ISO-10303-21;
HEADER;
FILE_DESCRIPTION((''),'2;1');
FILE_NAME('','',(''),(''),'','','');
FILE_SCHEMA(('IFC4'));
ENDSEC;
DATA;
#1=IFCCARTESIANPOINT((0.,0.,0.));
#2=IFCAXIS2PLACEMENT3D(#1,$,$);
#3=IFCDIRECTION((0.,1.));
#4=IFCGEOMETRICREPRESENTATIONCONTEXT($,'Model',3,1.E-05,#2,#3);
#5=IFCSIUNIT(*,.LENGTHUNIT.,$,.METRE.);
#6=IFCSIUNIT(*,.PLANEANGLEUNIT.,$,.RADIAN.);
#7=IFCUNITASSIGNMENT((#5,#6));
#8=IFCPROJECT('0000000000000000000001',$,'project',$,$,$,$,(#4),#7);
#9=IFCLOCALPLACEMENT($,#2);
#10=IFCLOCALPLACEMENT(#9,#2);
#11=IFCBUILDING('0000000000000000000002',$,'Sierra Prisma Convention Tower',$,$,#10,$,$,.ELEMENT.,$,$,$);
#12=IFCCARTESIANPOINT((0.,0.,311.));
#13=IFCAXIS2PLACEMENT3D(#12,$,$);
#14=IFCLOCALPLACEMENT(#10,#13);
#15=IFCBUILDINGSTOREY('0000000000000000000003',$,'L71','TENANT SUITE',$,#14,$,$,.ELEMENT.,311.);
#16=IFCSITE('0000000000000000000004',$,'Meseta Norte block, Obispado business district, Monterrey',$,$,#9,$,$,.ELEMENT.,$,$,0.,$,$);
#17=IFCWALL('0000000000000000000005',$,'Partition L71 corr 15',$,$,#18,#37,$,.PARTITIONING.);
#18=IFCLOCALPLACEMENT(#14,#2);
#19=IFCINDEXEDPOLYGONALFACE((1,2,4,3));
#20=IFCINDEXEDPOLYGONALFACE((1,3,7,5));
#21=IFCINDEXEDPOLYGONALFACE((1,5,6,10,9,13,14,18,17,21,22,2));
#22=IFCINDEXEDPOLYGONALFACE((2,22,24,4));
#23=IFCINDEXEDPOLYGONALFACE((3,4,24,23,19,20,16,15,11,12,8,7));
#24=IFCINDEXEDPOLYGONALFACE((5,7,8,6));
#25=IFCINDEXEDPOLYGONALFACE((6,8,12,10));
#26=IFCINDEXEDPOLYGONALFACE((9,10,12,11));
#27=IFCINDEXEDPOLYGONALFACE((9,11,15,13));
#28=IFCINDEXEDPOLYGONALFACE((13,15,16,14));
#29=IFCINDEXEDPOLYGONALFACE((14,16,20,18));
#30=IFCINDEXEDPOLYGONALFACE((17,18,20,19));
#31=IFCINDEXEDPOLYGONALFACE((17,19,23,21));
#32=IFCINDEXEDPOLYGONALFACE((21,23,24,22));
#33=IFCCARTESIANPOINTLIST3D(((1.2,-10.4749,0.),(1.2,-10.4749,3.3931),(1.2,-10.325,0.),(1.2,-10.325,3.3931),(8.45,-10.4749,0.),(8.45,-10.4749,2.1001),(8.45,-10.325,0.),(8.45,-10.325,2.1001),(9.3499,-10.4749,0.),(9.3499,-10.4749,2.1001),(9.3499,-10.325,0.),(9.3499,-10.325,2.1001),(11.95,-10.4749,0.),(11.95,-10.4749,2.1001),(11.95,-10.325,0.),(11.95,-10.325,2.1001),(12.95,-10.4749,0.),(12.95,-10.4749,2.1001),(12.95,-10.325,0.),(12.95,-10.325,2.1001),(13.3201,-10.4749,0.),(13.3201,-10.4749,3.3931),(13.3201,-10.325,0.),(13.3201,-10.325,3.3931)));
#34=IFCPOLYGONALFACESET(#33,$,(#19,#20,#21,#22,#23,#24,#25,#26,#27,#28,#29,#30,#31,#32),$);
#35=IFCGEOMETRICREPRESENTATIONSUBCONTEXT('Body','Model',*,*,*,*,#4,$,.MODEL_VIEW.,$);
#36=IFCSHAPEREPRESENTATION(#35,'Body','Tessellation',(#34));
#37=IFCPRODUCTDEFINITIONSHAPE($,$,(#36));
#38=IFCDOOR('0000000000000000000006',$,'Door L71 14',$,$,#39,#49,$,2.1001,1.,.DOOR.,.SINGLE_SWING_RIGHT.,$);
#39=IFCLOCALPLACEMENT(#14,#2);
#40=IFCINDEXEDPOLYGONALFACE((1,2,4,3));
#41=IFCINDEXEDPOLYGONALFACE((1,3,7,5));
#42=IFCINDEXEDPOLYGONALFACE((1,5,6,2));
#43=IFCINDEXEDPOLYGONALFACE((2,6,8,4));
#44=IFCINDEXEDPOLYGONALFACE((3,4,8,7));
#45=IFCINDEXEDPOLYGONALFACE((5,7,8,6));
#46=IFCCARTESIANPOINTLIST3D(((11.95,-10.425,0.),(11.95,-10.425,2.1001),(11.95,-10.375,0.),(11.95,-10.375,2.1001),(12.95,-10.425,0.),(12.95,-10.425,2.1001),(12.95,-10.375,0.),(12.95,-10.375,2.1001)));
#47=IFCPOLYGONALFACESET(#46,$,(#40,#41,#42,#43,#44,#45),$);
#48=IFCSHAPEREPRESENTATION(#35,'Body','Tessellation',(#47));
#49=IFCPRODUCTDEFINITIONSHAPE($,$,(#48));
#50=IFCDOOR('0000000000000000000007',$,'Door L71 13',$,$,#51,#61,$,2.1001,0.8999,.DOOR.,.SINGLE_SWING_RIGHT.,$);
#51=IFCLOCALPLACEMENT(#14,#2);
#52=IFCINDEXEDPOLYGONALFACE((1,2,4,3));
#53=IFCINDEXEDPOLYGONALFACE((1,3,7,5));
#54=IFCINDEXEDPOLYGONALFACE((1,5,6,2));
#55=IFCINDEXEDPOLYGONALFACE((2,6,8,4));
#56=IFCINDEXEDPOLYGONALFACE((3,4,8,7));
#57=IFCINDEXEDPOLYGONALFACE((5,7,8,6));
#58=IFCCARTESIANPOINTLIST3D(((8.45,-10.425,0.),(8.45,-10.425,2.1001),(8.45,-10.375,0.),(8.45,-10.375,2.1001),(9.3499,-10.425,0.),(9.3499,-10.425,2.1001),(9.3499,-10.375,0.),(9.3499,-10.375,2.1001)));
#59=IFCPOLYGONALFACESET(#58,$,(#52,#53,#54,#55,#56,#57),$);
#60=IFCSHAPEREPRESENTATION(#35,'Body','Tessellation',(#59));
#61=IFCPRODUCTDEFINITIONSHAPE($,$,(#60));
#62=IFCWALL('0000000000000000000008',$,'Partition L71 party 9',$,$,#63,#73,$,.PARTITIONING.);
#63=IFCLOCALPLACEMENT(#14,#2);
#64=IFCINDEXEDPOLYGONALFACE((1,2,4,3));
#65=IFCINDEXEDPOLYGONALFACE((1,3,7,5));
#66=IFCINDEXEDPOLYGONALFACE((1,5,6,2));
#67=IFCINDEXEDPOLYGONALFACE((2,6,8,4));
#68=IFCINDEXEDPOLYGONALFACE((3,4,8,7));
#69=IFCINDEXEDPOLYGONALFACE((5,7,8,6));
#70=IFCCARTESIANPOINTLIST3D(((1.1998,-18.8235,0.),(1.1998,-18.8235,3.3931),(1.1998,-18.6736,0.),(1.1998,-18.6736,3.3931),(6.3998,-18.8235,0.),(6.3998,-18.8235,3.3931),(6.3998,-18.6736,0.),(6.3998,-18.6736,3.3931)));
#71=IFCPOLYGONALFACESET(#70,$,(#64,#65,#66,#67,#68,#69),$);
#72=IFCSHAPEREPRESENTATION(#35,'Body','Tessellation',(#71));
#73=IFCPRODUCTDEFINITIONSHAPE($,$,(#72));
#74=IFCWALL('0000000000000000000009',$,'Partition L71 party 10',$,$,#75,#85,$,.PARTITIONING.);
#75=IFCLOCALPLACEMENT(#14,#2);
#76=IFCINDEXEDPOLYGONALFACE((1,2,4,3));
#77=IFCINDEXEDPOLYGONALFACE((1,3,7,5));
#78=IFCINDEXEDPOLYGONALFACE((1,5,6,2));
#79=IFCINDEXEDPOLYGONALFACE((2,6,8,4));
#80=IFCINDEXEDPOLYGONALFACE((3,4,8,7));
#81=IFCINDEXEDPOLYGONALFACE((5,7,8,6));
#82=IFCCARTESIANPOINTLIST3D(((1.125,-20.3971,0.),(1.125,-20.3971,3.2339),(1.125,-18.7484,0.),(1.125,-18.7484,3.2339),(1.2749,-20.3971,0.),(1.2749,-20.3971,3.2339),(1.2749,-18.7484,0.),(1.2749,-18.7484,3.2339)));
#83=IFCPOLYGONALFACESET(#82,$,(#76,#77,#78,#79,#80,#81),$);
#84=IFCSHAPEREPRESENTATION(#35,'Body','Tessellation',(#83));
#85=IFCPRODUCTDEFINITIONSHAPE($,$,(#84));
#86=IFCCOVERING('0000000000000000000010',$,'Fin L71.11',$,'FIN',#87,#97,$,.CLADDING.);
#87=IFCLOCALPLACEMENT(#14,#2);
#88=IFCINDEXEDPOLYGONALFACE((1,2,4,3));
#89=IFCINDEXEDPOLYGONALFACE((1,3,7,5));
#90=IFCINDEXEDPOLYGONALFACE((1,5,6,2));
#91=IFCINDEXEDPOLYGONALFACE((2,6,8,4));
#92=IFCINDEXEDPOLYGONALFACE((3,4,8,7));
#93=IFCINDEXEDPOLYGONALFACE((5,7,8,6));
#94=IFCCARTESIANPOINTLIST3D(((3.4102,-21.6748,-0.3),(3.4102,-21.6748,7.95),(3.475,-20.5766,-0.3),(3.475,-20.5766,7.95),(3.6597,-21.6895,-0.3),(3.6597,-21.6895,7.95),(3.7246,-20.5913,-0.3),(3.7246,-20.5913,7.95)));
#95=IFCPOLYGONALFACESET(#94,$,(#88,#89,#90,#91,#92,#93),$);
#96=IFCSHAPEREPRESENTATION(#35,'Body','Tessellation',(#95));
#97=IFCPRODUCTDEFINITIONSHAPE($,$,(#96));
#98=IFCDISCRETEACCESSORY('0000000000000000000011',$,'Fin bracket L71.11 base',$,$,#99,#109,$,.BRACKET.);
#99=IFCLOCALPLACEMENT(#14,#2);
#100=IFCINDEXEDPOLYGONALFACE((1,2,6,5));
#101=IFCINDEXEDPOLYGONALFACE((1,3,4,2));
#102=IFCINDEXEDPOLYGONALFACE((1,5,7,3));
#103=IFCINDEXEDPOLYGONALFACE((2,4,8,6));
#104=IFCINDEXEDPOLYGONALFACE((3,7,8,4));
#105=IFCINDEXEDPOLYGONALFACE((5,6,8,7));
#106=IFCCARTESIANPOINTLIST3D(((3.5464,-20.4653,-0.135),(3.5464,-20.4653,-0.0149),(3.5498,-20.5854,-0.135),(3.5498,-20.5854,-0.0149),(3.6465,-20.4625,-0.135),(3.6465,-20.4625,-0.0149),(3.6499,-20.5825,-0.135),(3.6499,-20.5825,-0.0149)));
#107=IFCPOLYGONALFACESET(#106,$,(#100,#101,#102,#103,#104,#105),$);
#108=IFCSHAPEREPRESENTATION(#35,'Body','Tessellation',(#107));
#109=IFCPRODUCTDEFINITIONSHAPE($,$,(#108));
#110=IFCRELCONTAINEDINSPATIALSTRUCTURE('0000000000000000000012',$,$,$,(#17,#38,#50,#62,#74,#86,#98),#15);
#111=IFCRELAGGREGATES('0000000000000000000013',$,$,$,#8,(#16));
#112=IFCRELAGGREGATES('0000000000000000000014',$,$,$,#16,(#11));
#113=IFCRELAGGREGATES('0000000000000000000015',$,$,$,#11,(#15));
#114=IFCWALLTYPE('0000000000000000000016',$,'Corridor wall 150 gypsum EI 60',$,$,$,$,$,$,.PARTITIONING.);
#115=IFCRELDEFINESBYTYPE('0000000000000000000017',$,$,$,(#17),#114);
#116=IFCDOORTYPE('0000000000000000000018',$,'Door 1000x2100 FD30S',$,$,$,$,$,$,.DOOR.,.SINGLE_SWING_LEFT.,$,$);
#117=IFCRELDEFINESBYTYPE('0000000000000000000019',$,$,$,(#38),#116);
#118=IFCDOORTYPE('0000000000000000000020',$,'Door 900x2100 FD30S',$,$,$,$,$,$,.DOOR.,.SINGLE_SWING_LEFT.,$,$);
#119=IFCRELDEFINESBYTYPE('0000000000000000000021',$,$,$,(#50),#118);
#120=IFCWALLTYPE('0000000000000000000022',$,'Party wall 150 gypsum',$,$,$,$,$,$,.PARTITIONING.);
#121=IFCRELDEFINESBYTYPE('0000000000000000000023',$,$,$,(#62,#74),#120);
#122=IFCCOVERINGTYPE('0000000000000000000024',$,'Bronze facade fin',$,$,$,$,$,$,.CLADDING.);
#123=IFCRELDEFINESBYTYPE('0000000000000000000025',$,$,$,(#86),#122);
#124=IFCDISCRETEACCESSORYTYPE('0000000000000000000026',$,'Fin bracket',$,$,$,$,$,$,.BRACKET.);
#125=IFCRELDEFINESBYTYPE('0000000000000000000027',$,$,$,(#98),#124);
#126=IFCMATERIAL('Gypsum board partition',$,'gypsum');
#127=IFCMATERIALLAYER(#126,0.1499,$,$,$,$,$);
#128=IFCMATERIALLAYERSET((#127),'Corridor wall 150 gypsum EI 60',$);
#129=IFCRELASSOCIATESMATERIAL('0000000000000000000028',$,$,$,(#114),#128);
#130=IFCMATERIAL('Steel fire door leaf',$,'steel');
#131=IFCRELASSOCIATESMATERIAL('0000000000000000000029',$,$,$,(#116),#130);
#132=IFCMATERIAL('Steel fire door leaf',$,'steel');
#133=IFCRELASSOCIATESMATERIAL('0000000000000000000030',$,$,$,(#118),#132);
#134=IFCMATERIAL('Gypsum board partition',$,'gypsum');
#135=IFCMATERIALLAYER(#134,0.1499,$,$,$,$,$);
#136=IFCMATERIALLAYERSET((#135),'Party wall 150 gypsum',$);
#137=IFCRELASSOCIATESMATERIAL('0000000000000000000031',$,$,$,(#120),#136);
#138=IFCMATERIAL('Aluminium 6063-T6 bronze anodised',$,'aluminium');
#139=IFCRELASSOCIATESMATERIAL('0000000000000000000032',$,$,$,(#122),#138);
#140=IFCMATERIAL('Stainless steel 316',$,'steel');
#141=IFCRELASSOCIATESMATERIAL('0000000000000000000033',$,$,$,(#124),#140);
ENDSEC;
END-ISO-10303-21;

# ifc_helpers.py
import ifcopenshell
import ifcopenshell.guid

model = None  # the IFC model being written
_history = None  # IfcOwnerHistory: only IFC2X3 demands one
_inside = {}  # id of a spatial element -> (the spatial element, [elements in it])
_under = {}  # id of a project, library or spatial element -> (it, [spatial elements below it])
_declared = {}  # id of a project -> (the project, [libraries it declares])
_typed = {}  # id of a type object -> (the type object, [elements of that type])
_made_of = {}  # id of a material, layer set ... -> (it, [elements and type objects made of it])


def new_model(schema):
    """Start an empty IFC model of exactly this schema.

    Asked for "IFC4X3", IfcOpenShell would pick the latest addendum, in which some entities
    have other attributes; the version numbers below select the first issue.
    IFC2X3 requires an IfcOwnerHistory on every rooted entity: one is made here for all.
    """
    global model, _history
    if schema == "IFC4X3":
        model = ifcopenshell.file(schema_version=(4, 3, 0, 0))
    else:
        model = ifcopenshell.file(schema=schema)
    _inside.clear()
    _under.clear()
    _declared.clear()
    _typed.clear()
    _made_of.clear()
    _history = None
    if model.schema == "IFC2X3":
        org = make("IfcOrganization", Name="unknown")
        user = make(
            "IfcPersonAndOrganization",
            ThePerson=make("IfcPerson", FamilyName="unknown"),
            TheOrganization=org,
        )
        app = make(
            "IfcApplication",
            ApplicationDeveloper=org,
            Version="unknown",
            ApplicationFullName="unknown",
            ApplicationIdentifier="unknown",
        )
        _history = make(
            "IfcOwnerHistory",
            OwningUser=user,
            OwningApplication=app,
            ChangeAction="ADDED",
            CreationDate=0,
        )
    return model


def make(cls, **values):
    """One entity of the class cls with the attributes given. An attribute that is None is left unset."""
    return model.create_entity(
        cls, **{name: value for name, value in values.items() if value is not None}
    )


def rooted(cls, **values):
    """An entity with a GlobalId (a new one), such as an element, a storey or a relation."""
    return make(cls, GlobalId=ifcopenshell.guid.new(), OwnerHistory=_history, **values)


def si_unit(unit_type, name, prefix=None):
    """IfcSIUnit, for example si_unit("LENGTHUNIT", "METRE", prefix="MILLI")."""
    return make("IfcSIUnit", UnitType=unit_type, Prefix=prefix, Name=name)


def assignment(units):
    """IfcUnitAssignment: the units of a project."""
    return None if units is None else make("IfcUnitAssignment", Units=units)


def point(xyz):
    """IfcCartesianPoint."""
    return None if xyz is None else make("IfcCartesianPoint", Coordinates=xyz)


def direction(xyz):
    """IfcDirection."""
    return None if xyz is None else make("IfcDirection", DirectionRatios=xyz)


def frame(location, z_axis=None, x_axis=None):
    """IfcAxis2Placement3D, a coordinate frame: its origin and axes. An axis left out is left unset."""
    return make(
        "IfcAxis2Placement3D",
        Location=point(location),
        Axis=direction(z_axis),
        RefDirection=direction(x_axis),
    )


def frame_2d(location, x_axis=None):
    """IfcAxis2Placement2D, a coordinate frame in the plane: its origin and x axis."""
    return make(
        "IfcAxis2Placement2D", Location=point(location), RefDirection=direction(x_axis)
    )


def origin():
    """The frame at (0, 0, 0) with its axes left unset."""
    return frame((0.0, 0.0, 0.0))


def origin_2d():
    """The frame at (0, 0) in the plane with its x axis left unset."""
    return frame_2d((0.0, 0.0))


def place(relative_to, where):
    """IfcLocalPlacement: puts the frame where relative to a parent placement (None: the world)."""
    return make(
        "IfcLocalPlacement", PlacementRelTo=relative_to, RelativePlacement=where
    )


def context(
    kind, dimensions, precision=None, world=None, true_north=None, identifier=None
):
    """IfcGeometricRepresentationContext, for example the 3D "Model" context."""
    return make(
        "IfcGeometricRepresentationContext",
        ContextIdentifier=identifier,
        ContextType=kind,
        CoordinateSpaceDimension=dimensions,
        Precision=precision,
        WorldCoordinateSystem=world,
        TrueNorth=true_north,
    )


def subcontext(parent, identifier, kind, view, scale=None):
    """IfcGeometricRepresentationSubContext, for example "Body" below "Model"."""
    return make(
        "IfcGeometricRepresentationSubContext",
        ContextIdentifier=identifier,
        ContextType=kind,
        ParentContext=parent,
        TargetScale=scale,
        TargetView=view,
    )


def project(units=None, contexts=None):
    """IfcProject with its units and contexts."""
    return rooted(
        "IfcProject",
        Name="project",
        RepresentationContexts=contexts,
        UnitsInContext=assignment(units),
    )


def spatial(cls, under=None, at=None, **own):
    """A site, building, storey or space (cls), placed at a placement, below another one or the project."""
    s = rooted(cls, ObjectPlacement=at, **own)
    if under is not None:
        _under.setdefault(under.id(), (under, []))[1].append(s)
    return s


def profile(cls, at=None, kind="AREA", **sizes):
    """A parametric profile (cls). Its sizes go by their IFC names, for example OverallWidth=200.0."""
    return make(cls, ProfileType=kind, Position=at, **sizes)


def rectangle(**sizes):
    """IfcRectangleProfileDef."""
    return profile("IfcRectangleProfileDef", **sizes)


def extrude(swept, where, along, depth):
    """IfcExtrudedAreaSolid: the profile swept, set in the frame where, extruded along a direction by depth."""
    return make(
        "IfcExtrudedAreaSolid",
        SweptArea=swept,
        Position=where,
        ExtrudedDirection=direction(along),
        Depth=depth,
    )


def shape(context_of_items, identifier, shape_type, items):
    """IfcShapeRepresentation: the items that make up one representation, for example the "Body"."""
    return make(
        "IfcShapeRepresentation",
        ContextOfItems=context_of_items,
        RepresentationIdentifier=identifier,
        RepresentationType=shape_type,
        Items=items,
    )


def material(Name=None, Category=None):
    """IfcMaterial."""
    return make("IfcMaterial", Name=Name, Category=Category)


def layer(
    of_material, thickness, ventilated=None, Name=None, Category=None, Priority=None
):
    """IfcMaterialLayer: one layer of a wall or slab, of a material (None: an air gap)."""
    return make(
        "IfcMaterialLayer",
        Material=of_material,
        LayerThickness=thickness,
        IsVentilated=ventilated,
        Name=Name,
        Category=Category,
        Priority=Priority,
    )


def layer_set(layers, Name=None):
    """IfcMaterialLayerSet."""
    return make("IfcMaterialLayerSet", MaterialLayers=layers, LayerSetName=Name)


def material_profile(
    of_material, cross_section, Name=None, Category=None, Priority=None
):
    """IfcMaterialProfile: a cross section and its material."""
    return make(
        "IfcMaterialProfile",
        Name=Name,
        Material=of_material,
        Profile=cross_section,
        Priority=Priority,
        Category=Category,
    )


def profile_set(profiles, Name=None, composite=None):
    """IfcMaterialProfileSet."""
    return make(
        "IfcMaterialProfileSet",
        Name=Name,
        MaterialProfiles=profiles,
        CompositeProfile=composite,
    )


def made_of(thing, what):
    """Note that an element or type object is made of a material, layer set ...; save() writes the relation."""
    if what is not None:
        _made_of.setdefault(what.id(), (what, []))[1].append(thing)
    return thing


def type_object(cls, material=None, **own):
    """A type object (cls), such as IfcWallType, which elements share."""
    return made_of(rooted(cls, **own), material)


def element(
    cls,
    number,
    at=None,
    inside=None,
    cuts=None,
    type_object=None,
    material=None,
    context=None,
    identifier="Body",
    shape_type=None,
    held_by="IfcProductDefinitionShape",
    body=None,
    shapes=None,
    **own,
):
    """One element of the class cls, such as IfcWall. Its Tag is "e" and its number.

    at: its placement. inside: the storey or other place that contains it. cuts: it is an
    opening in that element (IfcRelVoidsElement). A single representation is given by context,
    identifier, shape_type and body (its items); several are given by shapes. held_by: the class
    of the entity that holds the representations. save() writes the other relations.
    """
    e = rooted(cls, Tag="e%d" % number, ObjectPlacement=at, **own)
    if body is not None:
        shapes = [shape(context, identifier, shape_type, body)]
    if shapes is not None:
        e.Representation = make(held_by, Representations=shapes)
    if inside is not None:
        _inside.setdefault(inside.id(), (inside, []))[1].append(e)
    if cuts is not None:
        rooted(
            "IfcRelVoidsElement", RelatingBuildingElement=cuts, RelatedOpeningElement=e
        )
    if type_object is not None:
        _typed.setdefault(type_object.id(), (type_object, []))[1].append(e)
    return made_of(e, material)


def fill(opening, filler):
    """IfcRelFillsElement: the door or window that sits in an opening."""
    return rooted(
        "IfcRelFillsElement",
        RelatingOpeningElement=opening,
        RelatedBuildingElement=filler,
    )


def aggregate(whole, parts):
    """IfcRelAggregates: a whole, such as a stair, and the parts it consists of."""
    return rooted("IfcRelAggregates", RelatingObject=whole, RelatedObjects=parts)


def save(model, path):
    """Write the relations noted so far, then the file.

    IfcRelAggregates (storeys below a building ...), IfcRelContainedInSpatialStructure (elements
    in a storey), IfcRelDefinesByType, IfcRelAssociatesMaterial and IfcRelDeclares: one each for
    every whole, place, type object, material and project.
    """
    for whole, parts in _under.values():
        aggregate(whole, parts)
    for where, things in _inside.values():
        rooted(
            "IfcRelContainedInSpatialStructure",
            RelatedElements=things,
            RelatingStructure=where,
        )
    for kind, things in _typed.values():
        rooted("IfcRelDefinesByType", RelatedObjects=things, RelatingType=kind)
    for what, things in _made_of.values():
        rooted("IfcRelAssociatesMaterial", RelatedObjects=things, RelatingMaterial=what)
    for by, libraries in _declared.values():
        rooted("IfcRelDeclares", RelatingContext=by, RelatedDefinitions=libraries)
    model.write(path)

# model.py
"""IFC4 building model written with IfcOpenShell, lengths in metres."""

from ifc_helpers import new_model, si_unit, direction, frame, frame_2d, origin, origin_2d, place, context, subcontext, project, spatial, rectangle, extrude, material, layer, layer_set, material_profile, profile_set, type_object, element, fill, save


model = new_model("IFC4")

# Units and contexts
model_context = context("Model", 3, precision=1e-05, world=origin(), true_north=direction((0.0, 1.0)))
body_context = subcontext(model_context, "Body", "Model", "MODEL_VIEW")
ifc_project = project(units=[si_unit("LENGTHUNIT", "METRE"), si_unit("PLANEANGLEUNIT", "RADIAN")], contexts=[model_context])

# Site, building, storey
site_placement = place(None, origin())
site = spatial("IfcSite", under=ifc_project, at=site_placement, Name="Meseta Norte block, Obispado business district, Monterrey", CompositionType="ELEMENT", RefElevation=0.0)
building_placement = place(site_placement, origin())
building = spatial("IfcBuilding", under=site, at=building_placement, Name="Sierra Prisma Convention Tower", CompositionType="ELEMENT")
storey_placement = place(building_placement, frame((0.0, 0.0, 311.0)))
storey = spatial("IfcBuildingStorey", under=building, at=storey_placement, Name="L71", Description="TENANT SUITE", CompositionType="ELEMENT", Elevation=311.0)

# Shared definitions
ifc_material_1 = material(Name="Gypsum board partition", Category="gypsum")
ifc_layer_1 = layer(ifc_material_1, 0.1499)
ifc_layer_set_1 = layer_set([ifc_layer_1], Name="Corridor wall 150 gypsum EI 60")
wall_type_1 = type_object("IfcWallType", Name="Corridor wall 150 gypsum EI 60", PredefinedType="PARTITIONING", material=ifc_layer_set_1)
ifc_material_2 = material(Name="Steel fire door leaf", Category="steel")
door_type_1 = type_object("IfcDoorType", Name="Door 1000x2100 FD30S", OperationType="SINGLE_SWING_LEFT", PredefinedType="DOOR", material=ifc_material_2)

# Wall, openings, doors
wall_1_placement = place(storey_placement, frame((1.2, -10.3999, 0.0), z_axis=(0.0, 0.0, 1.0), x_axis=(1.0, 0.0, 0.0)))
wall_1 = element("IfcWall", 1, at=wall_1_placement, inside=storey, type_object=wall_type_1, Name="Partition L71 corr 15", PredefinedType="PARTITIONING", context=body_context, shape_type="SweptSolid", body=[
    extrude(rectangle(XDim=12.1201, YDim=0.1499, at=frame_2d((6.0601, 0.0))), origin(), (0.0, 0.0, 1.0), 3.3931),
])
opening_1_placement = place(wall_1_placement, frame((7.25, 0.0, 0.0)))
opening_1 = element("IfcOpeningElement", 2, at=opening_1_placement, cuts=wall_1, PredefinedType="OPENING", context=body_context, shape_type="SweptSolid", body=[
    extrude(rectangle(XDim=0.8999, YDim=2.1001, at=frame_2d((0.45, 1.05))), frame((0.0, 0.075, 0.0), z_axis=(0.0, -1.0, 0.0), x_axis=(1.0, 0.0, 0.0)), (0.0, 0.0, 1.0), 0.1499),
])
opening_2_placement = place(wall_1_placement, frame((10.75, 0.0, 0.0)))
opening_2 = element("IfcOpeningElement", 3, at=opening_2_placement, cuts=wall_1, PredefinedType="OPENING", context=body_context, shape_type="SweptSolid", body=[
    extrude(rectangle(XDim=1.0, YDim=2.1001, at=frame_2d((0.5, 1.05))), frame((0.0, 0.075, 0.0), z_axis=(0.0, -1.0, 0.0), x_axis=(1.0, 0.0, 0.0)), (0.0, 0.0, 1.0), 0.1499),
])
door_1_placement = place(opening_2_placement, origin())
door_1 = element("IfcDoor", 4, at=door_1_placement, inside=storey, type_object=door_type_1, Name="Door L71 14", OperationType="SINGLE_SWING_RIGHT", OverallHeight=2.1001, OverallWidth=1.0, PredefinedType="DOOR", context=body_context, shape_type="SweptSolid", body=[
    extrude(rectangle(XDim=1.0, YDim=2.1001, at=frame_2d((0.5, 1.05))), frame((0.0, 0.0249, 0.0), z_axis=(0.0, -1.0, 0.0), x_axis=(1.0, 0.0, 0.0)), (0.0, 0.0, 1.0), 0.05),
])
fill(opening_2, door_1)
ifc_material_3 = material(Name="Steel fire door leaf", Category="steel")
door_type_2 = type_object("IfcDoorType", Name="Door 900x2100 FD30S", OperationType="SINGLE_SWING_LEFT", PredefinedType="DOOR", material=ifc_material_3)
door_2_placement = place(opening_1_placement, origin())
door_2 = element("IfcDoor", 5, at=door_2_placement, inside=storey, type_object=door_type_2, Name="Door L71 13", OperationType="SINGLE_SWING_RIGHT", OverallHeight=2.1001, OverallWidth=0.8999, PredefinedType="DOOR", context=body_context, shape_type="SweptSolid", body=[
    extrude(rectangle(XDim=0.8999, YDim=2.1001, at=frame_2d((0.45, 1.05))), frame((0.0, 0.0249, 0.0), z_axis=(0.0, -1.0, 0.0), x_axis=(1.0, 0.0, 0.0)), (0.0, 0.0, 1.0), 0.05),
])
fill(opening_1, door_2)

# Walls
ifc_material_4 = material(Name="Gypsum board partition", Category="gypsum")
ifc_layer_2 = layer(ifc_material_4, 0.1499)
ifc_layer_set_2 = layer_set([ifc_layer_2], Name="Party wall 150 gypsum")
wall_type_2 = type_object("IfcWallType", Name="Party wall 150 gypsum", PredefinedType="PARTITIONING", material=ifc_layer_set_2)
wall_2_placement = place(storey_placement, frame((6.3999, -18.7485, 0.0), z_axis=(0.0, 0.0, 1.0), x_axis=(-1.0, 0.0, 0.0)))
element("IfcWall", 6, at=wall_2_placement, inside=storey, type_object=wall_type_2, Name="Partition L71 party 9", PredefinedType="PARTITIONING", context=body_context, shape_type="SweptSolid", body=[
    extrude(rectangle(XDim=5.2, YDim=0.1499, at=frame_2d((2.6001, 0.0))), origin(), (0.0, 0.0, 1.0), 3.3931),
])
wall_3_placement = place(storey_placement, frame((1.2, -18.7485, 0.0), z_axis=(0.0, 0.0, 1.0), x_axis=(0.0, -1.0, 0.0)))
element("IfcWall", 7, at=wall_3_placement, inside=storey, type_object=wall_type_2, Name="Partition L71 party 10", PredefinedType="PARTITIONING", context=body_context, shape_type="SweptSolid", body=[
    extrude(rectangle(XDim=1.6487, YDim=0.1499, at=frame_2d((0.8242, 0.0))), origin(), (0.0, 0.0, 1.0), 3.2339),
])

# Covering
ifc_material_5 = material(Name="Aluminium 6063-T6 bronze anodised", Category="aluminium")
ifc_material_profile_1 = material_profile(ifc_material_5, rectangle(XDim=1.1001, YDim=0.25, at=origin_2d()), Name="ALU FIN 1100x250")
ifc_profile_set_1 = profile_set([ifc_material_profile_1], Name="Aluminium 6063-T6 bronze anodised")
covering_type = type_object("IfcCoveringType", Name="Bronze facade fin", PredefinedType="CLADDING", material=ifc_profile_set_1)
covering_placement = place(storey_placement, frame((3.5674, -21.1331, -0.3), z_axis=(0.0, 0.0, 1.0), x_axis=(-0.05899, -0.998259, 0.0)))
element("IfcCovering", 8, at=covering_placement, inside=storey, type_object=covering_type, Name="Fin L71.11", ObjectType="FIN", PredefinedType="CLADDING", context=body_context, shape_type="SweptSolid", body=[
    extrude(rectangle(XDim=1.1001, YDim=0.25, at=origin_2d()), origin(), (0.0, 0.0, 1.0), 8.25),
])

# Discrete accessory
ifc_material_6 = material(Name="Stainless steel 316", Category="steel")
discrete_accessory_type = type_object("IfcDiscreteAccessoryType", Name="Fin bracket", PredefinedType="BRACKET", material=ifc_material_6)
discrete_accessory_placement = place(storey_placement, frame((3.5981, -20.5239, -0.135), z_axis=(0.0, 0.0, 1.0), x_axis=(0.028238, -0.999601, 0.0)))
element("IfcDiscreteAccessory", 9, at=discrete_accessory_placement, inside=storey, type_object=discrete_accessory_type, Name="Fin bracket L71.11 base", PredefinedType="BRACKET", context=body_context, shape_type="SweptSolid", body=[
    extrude(rectangle(XDim=0.1201, YDim=0.1001, at=origin_2d()), origin(), (0.0, 0.0, 1.0), 0.1201),
])

save(model, "model.ifc")
